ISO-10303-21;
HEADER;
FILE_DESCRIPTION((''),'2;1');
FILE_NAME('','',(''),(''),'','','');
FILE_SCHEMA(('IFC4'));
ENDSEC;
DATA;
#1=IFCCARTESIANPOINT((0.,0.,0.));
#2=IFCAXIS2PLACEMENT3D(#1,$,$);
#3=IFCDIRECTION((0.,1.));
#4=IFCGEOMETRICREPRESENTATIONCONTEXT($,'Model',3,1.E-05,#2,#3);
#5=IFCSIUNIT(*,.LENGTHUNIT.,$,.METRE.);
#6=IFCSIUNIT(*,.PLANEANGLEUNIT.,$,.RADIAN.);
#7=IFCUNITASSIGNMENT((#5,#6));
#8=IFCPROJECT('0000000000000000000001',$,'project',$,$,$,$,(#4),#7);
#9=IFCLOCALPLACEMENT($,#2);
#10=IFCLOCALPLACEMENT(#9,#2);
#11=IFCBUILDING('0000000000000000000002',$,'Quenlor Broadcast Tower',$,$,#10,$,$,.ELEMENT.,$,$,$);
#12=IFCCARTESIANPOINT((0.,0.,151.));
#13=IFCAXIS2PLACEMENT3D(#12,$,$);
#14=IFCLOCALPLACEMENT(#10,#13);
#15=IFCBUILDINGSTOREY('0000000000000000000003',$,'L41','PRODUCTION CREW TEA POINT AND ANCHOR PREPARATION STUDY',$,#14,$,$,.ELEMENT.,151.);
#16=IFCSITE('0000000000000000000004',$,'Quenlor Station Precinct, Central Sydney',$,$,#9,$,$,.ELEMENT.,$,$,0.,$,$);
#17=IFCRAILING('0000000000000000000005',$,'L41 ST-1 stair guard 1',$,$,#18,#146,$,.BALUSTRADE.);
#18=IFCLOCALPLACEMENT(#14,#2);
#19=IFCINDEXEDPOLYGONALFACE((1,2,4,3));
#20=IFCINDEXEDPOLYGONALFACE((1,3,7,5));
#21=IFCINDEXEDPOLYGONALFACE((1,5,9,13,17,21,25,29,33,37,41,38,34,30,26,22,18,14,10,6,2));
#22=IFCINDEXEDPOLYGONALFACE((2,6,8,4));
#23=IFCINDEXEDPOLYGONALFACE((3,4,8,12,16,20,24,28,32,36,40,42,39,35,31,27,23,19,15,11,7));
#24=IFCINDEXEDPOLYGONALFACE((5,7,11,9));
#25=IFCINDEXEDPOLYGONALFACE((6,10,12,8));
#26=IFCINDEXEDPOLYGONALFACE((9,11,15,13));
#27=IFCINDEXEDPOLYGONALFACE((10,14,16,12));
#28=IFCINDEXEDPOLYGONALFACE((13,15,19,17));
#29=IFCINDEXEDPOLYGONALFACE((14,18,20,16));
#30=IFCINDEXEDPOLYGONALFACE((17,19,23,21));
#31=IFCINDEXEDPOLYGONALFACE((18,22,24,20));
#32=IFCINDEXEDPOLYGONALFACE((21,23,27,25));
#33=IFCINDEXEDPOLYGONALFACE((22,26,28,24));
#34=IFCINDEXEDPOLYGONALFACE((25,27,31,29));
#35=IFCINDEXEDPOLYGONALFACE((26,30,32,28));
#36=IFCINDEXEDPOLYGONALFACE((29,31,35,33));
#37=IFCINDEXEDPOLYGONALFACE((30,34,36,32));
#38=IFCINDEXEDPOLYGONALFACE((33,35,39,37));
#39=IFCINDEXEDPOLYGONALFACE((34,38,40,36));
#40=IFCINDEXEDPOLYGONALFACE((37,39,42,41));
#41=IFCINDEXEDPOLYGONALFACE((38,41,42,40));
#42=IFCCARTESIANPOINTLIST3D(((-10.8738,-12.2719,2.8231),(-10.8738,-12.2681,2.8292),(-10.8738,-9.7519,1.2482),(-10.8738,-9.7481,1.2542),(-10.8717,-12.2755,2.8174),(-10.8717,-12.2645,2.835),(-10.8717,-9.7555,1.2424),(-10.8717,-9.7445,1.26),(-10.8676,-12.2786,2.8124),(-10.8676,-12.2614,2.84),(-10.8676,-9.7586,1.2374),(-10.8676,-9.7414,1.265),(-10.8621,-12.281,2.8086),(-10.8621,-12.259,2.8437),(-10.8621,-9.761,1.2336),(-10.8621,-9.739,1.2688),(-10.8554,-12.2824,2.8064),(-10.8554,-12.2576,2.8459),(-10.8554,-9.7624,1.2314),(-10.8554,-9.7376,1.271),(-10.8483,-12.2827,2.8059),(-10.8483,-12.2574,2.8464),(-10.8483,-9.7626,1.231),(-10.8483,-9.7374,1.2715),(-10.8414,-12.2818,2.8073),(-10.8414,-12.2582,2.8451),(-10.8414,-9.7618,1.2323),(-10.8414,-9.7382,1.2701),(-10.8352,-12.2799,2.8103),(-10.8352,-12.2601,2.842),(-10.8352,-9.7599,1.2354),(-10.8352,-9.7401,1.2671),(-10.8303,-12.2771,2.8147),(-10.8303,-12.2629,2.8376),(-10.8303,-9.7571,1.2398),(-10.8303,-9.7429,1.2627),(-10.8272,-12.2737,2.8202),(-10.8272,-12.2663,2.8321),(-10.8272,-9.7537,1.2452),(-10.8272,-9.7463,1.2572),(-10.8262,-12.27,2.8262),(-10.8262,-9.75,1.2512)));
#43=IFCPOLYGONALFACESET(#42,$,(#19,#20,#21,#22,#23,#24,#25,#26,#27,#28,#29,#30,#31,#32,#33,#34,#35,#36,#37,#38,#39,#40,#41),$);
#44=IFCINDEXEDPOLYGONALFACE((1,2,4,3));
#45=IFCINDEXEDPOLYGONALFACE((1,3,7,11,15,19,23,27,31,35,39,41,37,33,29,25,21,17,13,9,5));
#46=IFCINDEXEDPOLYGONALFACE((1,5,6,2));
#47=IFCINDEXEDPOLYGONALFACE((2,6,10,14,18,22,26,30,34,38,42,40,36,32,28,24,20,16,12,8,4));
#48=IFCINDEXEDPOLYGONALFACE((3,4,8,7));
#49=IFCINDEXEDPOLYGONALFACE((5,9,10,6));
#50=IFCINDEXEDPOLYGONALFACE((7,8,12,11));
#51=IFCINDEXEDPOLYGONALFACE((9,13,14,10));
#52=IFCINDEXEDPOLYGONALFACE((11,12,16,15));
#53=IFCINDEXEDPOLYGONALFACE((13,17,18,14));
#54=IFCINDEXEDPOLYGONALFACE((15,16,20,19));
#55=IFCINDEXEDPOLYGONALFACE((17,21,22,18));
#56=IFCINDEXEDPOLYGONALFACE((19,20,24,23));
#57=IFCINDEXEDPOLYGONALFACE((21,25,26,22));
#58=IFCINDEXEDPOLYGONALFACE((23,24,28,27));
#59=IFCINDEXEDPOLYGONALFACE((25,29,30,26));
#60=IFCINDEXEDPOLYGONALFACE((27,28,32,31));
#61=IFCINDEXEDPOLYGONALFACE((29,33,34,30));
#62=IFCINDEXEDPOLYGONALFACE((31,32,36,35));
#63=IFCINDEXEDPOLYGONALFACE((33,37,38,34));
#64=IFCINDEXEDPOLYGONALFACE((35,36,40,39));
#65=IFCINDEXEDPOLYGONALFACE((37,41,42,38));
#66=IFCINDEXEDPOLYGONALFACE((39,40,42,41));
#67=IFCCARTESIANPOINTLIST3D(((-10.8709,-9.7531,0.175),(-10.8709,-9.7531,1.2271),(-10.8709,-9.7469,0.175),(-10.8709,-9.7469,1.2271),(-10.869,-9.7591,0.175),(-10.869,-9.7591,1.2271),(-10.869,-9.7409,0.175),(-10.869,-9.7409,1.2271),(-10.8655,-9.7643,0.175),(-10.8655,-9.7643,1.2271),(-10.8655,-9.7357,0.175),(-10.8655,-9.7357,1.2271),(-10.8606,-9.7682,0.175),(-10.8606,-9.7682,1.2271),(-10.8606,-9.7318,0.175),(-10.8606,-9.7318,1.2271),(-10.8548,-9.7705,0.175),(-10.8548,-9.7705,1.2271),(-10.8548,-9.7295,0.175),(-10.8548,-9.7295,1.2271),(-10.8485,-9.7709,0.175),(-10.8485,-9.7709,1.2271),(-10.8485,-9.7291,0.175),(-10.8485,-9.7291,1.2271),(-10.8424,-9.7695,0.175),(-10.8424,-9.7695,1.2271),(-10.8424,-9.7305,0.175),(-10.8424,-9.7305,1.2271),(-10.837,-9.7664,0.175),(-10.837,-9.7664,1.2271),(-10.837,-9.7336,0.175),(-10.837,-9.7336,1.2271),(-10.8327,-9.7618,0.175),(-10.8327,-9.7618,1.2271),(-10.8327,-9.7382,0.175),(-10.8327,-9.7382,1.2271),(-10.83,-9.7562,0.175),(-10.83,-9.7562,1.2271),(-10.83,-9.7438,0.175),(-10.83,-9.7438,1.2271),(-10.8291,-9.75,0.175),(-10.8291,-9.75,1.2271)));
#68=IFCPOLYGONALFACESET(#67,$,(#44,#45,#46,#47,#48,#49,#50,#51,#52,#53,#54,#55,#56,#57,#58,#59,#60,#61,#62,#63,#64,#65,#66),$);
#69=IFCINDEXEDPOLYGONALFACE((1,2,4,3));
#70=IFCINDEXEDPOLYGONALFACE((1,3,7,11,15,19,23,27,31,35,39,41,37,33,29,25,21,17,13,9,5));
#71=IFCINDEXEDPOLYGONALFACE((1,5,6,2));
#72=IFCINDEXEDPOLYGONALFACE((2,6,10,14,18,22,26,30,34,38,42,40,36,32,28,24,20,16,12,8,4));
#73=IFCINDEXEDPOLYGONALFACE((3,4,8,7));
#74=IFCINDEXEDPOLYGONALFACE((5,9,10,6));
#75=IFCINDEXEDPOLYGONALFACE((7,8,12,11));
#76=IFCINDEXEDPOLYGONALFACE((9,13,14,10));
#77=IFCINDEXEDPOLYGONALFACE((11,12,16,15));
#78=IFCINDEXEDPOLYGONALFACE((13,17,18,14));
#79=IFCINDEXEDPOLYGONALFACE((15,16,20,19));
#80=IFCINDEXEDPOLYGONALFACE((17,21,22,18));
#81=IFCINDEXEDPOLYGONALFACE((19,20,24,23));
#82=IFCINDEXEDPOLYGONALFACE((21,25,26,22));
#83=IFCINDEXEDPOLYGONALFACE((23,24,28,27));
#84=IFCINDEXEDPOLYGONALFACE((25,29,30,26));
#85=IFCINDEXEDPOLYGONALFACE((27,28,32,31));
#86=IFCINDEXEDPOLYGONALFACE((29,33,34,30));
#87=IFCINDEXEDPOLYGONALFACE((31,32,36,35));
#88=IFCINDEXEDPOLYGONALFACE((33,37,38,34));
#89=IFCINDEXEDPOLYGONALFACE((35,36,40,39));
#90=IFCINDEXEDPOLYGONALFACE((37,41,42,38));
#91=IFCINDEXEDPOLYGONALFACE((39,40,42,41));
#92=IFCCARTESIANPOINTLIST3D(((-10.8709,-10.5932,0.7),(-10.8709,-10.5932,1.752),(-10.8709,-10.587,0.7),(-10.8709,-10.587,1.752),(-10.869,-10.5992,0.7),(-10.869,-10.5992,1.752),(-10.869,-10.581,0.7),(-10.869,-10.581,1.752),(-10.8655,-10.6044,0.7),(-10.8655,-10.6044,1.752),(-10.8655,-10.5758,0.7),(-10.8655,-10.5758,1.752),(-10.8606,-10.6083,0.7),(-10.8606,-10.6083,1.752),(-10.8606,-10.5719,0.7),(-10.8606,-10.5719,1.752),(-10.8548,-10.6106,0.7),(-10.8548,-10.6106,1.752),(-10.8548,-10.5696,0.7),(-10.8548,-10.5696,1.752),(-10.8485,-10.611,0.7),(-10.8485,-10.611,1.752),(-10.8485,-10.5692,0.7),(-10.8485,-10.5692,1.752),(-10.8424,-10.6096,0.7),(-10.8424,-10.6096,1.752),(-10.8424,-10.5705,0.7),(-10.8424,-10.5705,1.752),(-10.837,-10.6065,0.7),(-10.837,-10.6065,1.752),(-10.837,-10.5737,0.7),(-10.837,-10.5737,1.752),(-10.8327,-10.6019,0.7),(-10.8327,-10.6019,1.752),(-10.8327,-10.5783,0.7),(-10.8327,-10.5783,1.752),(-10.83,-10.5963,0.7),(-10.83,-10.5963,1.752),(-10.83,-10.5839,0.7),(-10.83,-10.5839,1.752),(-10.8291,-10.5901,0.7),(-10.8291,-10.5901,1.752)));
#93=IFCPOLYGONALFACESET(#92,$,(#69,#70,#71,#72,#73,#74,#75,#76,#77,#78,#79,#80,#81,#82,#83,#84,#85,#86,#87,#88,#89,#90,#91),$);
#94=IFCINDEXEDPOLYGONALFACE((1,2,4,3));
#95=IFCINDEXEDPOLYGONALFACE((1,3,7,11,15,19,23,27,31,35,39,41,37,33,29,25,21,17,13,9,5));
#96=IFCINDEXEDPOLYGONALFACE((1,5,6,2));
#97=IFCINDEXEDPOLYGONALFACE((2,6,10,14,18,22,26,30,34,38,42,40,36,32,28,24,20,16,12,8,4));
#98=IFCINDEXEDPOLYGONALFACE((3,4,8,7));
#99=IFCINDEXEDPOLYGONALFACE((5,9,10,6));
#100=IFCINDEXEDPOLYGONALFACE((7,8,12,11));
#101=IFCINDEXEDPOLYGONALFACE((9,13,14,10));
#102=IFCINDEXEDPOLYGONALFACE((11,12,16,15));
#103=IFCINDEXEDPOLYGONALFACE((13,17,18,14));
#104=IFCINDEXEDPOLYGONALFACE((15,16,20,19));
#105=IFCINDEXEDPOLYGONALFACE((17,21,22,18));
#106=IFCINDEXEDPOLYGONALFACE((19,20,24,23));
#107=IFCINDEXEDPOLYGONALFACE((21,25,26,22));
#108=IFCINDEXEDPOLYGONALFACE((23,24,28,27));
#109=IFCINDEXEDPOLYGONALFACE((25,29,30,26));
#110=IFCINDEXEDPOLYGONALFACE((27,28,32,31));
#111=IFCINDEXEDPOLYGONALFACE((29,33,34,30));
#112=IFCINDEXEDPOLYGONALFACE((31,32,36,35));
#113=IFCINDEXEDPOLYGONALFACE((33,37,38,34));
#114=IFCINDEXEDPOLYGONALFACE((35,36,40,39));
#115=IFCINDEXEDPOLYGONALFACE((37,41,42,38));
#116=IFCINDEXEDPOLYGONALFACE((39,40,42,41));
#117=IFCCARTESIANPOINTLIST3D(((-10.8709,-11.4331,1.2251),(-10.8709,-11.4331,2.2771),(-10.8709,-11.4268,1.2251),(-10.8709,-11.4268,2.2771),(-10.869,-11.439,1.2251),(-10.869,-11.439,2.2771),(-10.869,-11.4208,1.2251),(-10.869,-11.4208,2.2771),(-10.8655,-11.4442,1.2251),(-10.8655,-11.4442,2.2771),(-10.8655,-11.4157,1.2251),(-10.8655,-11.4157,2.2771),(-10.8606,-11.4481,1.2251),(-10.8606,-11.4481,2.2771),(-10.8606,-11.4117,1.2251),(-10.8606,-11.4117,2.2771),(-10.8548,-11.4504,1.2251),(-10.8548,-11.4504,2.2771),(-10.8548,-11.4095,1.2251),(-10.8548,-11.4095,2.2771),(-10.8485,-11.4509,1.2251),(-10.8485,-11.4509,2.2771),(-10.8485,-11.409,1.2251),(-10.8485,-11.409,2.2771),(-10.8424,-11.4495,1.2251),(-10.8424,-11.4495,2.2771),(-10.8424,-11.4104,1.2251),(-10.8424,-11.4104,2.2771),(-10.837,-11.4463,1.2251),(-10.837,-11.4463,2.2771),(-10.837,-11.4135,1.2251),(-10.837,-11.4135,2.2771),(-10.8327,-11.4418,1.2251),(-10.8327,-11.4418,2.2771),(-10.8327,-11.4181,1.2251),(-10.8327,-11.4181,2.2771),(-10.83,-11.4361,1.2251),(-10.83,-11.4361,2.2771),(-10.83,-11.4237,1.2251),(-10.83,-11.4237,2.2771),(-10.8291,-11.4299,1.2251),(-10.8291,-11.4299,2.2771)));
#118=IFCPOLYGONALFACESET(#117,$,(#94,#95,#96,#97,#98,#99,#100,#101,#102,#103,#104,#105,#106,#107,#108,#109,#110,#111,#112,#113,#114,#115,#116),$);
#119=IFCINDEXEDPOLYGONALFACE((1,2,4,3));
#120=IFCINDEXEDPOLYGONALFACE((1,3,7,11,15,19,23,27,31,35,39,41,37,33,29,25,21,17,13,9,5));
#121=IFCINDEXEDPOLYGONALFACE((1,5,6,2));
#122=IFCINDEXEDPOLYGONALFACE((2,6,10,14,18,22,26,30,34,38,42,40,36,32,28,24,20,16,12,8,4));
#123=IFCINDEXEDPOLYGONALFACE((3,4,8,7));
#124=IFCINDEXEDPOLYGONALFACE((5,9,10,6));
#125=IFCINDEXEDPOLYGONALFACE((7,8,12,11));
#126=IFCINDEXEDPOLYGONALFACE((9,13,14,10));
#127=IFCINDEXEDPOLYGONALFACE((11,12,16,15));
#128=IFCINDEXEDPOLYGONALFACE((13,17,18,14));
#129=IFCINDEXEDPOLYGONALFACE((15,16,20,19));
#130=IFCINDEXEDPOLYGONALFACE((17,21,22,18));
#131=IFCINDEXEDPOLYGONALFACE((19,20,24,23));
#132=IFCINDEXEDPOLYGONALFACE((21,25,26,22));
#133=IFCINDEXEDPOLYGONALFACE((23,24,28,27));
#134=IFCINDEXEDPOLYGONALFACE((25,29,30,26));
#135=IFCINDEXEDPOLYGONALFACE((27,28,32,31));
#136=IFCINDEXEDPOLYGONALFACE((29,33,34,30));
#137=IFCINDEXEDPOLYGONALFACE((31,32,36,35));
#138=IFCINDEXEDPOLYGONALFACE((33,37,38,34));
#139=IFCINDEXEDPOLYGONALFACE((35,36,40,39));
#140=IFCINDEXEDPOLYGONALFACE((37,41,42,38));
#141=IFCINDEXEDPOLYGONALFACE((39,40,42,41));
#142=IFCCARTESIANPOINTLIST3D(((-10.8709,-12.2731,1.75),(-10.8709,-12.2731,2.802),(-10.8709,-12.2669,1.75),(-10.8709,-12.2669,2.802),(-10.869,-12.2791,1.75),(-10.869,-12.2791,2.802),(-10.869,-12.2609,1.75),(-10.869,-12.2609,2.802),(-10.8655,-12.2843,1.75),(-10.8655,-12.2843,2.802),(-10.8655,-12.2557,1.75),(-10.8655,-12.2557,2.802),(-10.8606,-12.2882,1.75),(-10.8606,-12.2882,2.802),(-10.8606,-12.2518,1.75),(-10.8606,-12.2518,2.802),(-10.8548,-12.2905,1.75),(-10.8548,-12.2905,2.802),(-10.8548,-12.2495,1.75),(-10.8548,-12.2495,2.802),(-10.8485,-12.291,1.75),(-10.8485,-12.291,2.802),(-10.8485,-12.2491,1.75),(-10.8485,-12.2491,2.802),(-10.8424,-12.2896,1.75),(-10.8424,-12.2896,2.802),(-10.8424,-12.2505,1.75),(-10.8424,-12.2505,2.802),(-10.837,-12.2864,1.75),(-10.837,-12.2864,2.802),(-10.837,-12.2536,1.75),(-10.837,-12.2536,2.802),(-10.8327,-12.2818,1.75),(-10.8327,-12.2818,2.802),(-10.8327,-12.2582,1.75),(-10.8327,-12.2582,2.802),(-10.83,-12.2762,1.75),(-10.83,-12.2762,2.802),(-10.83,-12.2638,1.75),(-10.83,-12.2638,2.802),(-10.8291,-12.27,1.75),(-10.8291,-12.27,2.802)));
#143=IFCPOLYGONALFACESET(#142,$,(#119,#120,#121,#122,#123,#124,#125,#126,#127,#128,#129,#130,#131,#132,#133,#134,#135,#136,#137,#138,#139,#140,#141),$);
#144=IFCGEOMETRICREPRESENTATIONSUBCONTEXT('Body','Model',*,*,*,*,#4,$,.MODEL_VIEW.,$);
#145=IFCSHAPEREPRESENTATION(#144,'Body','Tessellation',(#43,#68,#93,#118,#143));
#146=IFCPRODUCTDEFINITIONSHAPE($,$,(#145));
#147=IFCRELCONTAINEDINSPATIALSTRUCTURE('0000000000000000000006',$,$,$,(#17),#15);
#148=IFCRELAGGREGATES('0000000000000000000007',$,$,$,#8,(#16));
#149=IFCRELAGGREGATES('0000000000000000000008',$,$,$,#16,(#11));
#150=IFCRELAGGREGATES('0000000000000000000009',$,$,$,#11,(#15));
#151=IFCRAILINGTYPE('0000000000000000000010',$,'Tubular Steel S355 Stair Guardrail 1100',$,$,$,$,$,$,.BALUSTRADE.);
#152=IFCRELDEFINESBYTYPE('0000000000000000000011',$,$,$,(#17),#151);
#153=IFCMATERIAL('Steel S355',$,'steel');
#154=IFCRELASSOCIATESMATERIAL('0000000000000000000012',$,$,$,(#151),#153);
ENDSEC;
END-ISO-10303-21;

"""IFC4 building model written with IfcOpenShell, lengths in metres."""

from ifc_helpers import new_model, si_unit, direction, frame, origin, origin_2d, place, context, subcontext, project, spatial, circle, extrude, material, type_object, element, save


model = new_model("IFC4")

# Units and contexts
model_context = context("Model", 3, precision=1e-05, world=origin(), true_north=direction((0.0, 1.0)))
body_context = subcontext(model_context, "Body", "Model", "MODEL_VIEW")
ifc_project = project(units=[si_unit("LENGTHUNIT", "METRE"), si_unit("PLANEANGLEUNIT", "RADIAN")], contexts=[model_context])

# Site, building, storey
site_placement = place(None, origin())
site = spatial("IfcSite", under=ifc_project, at=site_placement, Name="Quenlor Station Precinct, Central Sydney", CompositionType="ELEMENT", RefElevation=0.0)
building_placement = place(site_placement, origin())
building = spatial("IfcBuilding", under=site, at=building_placement, Name="Quenlor Broadcast Tower", CompositionType="ELEMENT")
storey_placement = place(building_placement, frame((0.0, 0.0, 151.0)))
storey = spatial("IfcBuildingStorey", under=building, at=storey_placement, Name="L41", Description="PRODUCTION CREW TEA POINT AND ANCHOR PREPARATION STUDY", CompositionType="ELEMENT", Elevation=151.0)

# Railing
ifc_material_1 = material(Name="Steel S355", Category="steel")
railing_type_1 = type_object("IfcRailingType", Name="Tubular Steel S355 Stair Guardrail 1100", PredefinedType="BALUSTRADE", material=ifc_material_1)
railing_1_placement = place(storey_placement, frame((-10.8501, -9.75, 0.175)))
element("IfcRailing", 1, at=railing_1_placement, inside=storey, type_object=railing_type_1, Name="L41 ST-1 stair guard 1", PredefinedType="BALUSTRADE", context=body_context, shape_type="SweptSolid", body=[
    extrude(circle(Radius=0.0239, at=origin_2d()), frame((0.0, 0.0, 1.0762), z_axis=(0.0, -0.848008, 0.529984), x_axis=(1.0, 0.0, 0.0)), (0.0, 0.0, 1.0), 2.9717),
    extrude(circle(Radius=0.021, at=origin_2d()), origin(), (0.0, 0.0, 1.0), 1.052),
    extrude(circle(Radius=0.021, at=origin_2d()), frame((0.0, -0.8401, 0.5249)), (0.0, 0.0, 1.0), 1.052),
    extrude(circle(Radius=0.021, at=origin_2d()), frame((0.0, -1.6799, 1.05)), (0.0, 0.0, 1.0), 1.052),
    extrude(circle(Radius=0.021, at=origin_2d()), frame((0.0, -2.52, 1.575)), (0.0, 0.0, 1.0), 1.052),
])

save(model, "model.ifc")
